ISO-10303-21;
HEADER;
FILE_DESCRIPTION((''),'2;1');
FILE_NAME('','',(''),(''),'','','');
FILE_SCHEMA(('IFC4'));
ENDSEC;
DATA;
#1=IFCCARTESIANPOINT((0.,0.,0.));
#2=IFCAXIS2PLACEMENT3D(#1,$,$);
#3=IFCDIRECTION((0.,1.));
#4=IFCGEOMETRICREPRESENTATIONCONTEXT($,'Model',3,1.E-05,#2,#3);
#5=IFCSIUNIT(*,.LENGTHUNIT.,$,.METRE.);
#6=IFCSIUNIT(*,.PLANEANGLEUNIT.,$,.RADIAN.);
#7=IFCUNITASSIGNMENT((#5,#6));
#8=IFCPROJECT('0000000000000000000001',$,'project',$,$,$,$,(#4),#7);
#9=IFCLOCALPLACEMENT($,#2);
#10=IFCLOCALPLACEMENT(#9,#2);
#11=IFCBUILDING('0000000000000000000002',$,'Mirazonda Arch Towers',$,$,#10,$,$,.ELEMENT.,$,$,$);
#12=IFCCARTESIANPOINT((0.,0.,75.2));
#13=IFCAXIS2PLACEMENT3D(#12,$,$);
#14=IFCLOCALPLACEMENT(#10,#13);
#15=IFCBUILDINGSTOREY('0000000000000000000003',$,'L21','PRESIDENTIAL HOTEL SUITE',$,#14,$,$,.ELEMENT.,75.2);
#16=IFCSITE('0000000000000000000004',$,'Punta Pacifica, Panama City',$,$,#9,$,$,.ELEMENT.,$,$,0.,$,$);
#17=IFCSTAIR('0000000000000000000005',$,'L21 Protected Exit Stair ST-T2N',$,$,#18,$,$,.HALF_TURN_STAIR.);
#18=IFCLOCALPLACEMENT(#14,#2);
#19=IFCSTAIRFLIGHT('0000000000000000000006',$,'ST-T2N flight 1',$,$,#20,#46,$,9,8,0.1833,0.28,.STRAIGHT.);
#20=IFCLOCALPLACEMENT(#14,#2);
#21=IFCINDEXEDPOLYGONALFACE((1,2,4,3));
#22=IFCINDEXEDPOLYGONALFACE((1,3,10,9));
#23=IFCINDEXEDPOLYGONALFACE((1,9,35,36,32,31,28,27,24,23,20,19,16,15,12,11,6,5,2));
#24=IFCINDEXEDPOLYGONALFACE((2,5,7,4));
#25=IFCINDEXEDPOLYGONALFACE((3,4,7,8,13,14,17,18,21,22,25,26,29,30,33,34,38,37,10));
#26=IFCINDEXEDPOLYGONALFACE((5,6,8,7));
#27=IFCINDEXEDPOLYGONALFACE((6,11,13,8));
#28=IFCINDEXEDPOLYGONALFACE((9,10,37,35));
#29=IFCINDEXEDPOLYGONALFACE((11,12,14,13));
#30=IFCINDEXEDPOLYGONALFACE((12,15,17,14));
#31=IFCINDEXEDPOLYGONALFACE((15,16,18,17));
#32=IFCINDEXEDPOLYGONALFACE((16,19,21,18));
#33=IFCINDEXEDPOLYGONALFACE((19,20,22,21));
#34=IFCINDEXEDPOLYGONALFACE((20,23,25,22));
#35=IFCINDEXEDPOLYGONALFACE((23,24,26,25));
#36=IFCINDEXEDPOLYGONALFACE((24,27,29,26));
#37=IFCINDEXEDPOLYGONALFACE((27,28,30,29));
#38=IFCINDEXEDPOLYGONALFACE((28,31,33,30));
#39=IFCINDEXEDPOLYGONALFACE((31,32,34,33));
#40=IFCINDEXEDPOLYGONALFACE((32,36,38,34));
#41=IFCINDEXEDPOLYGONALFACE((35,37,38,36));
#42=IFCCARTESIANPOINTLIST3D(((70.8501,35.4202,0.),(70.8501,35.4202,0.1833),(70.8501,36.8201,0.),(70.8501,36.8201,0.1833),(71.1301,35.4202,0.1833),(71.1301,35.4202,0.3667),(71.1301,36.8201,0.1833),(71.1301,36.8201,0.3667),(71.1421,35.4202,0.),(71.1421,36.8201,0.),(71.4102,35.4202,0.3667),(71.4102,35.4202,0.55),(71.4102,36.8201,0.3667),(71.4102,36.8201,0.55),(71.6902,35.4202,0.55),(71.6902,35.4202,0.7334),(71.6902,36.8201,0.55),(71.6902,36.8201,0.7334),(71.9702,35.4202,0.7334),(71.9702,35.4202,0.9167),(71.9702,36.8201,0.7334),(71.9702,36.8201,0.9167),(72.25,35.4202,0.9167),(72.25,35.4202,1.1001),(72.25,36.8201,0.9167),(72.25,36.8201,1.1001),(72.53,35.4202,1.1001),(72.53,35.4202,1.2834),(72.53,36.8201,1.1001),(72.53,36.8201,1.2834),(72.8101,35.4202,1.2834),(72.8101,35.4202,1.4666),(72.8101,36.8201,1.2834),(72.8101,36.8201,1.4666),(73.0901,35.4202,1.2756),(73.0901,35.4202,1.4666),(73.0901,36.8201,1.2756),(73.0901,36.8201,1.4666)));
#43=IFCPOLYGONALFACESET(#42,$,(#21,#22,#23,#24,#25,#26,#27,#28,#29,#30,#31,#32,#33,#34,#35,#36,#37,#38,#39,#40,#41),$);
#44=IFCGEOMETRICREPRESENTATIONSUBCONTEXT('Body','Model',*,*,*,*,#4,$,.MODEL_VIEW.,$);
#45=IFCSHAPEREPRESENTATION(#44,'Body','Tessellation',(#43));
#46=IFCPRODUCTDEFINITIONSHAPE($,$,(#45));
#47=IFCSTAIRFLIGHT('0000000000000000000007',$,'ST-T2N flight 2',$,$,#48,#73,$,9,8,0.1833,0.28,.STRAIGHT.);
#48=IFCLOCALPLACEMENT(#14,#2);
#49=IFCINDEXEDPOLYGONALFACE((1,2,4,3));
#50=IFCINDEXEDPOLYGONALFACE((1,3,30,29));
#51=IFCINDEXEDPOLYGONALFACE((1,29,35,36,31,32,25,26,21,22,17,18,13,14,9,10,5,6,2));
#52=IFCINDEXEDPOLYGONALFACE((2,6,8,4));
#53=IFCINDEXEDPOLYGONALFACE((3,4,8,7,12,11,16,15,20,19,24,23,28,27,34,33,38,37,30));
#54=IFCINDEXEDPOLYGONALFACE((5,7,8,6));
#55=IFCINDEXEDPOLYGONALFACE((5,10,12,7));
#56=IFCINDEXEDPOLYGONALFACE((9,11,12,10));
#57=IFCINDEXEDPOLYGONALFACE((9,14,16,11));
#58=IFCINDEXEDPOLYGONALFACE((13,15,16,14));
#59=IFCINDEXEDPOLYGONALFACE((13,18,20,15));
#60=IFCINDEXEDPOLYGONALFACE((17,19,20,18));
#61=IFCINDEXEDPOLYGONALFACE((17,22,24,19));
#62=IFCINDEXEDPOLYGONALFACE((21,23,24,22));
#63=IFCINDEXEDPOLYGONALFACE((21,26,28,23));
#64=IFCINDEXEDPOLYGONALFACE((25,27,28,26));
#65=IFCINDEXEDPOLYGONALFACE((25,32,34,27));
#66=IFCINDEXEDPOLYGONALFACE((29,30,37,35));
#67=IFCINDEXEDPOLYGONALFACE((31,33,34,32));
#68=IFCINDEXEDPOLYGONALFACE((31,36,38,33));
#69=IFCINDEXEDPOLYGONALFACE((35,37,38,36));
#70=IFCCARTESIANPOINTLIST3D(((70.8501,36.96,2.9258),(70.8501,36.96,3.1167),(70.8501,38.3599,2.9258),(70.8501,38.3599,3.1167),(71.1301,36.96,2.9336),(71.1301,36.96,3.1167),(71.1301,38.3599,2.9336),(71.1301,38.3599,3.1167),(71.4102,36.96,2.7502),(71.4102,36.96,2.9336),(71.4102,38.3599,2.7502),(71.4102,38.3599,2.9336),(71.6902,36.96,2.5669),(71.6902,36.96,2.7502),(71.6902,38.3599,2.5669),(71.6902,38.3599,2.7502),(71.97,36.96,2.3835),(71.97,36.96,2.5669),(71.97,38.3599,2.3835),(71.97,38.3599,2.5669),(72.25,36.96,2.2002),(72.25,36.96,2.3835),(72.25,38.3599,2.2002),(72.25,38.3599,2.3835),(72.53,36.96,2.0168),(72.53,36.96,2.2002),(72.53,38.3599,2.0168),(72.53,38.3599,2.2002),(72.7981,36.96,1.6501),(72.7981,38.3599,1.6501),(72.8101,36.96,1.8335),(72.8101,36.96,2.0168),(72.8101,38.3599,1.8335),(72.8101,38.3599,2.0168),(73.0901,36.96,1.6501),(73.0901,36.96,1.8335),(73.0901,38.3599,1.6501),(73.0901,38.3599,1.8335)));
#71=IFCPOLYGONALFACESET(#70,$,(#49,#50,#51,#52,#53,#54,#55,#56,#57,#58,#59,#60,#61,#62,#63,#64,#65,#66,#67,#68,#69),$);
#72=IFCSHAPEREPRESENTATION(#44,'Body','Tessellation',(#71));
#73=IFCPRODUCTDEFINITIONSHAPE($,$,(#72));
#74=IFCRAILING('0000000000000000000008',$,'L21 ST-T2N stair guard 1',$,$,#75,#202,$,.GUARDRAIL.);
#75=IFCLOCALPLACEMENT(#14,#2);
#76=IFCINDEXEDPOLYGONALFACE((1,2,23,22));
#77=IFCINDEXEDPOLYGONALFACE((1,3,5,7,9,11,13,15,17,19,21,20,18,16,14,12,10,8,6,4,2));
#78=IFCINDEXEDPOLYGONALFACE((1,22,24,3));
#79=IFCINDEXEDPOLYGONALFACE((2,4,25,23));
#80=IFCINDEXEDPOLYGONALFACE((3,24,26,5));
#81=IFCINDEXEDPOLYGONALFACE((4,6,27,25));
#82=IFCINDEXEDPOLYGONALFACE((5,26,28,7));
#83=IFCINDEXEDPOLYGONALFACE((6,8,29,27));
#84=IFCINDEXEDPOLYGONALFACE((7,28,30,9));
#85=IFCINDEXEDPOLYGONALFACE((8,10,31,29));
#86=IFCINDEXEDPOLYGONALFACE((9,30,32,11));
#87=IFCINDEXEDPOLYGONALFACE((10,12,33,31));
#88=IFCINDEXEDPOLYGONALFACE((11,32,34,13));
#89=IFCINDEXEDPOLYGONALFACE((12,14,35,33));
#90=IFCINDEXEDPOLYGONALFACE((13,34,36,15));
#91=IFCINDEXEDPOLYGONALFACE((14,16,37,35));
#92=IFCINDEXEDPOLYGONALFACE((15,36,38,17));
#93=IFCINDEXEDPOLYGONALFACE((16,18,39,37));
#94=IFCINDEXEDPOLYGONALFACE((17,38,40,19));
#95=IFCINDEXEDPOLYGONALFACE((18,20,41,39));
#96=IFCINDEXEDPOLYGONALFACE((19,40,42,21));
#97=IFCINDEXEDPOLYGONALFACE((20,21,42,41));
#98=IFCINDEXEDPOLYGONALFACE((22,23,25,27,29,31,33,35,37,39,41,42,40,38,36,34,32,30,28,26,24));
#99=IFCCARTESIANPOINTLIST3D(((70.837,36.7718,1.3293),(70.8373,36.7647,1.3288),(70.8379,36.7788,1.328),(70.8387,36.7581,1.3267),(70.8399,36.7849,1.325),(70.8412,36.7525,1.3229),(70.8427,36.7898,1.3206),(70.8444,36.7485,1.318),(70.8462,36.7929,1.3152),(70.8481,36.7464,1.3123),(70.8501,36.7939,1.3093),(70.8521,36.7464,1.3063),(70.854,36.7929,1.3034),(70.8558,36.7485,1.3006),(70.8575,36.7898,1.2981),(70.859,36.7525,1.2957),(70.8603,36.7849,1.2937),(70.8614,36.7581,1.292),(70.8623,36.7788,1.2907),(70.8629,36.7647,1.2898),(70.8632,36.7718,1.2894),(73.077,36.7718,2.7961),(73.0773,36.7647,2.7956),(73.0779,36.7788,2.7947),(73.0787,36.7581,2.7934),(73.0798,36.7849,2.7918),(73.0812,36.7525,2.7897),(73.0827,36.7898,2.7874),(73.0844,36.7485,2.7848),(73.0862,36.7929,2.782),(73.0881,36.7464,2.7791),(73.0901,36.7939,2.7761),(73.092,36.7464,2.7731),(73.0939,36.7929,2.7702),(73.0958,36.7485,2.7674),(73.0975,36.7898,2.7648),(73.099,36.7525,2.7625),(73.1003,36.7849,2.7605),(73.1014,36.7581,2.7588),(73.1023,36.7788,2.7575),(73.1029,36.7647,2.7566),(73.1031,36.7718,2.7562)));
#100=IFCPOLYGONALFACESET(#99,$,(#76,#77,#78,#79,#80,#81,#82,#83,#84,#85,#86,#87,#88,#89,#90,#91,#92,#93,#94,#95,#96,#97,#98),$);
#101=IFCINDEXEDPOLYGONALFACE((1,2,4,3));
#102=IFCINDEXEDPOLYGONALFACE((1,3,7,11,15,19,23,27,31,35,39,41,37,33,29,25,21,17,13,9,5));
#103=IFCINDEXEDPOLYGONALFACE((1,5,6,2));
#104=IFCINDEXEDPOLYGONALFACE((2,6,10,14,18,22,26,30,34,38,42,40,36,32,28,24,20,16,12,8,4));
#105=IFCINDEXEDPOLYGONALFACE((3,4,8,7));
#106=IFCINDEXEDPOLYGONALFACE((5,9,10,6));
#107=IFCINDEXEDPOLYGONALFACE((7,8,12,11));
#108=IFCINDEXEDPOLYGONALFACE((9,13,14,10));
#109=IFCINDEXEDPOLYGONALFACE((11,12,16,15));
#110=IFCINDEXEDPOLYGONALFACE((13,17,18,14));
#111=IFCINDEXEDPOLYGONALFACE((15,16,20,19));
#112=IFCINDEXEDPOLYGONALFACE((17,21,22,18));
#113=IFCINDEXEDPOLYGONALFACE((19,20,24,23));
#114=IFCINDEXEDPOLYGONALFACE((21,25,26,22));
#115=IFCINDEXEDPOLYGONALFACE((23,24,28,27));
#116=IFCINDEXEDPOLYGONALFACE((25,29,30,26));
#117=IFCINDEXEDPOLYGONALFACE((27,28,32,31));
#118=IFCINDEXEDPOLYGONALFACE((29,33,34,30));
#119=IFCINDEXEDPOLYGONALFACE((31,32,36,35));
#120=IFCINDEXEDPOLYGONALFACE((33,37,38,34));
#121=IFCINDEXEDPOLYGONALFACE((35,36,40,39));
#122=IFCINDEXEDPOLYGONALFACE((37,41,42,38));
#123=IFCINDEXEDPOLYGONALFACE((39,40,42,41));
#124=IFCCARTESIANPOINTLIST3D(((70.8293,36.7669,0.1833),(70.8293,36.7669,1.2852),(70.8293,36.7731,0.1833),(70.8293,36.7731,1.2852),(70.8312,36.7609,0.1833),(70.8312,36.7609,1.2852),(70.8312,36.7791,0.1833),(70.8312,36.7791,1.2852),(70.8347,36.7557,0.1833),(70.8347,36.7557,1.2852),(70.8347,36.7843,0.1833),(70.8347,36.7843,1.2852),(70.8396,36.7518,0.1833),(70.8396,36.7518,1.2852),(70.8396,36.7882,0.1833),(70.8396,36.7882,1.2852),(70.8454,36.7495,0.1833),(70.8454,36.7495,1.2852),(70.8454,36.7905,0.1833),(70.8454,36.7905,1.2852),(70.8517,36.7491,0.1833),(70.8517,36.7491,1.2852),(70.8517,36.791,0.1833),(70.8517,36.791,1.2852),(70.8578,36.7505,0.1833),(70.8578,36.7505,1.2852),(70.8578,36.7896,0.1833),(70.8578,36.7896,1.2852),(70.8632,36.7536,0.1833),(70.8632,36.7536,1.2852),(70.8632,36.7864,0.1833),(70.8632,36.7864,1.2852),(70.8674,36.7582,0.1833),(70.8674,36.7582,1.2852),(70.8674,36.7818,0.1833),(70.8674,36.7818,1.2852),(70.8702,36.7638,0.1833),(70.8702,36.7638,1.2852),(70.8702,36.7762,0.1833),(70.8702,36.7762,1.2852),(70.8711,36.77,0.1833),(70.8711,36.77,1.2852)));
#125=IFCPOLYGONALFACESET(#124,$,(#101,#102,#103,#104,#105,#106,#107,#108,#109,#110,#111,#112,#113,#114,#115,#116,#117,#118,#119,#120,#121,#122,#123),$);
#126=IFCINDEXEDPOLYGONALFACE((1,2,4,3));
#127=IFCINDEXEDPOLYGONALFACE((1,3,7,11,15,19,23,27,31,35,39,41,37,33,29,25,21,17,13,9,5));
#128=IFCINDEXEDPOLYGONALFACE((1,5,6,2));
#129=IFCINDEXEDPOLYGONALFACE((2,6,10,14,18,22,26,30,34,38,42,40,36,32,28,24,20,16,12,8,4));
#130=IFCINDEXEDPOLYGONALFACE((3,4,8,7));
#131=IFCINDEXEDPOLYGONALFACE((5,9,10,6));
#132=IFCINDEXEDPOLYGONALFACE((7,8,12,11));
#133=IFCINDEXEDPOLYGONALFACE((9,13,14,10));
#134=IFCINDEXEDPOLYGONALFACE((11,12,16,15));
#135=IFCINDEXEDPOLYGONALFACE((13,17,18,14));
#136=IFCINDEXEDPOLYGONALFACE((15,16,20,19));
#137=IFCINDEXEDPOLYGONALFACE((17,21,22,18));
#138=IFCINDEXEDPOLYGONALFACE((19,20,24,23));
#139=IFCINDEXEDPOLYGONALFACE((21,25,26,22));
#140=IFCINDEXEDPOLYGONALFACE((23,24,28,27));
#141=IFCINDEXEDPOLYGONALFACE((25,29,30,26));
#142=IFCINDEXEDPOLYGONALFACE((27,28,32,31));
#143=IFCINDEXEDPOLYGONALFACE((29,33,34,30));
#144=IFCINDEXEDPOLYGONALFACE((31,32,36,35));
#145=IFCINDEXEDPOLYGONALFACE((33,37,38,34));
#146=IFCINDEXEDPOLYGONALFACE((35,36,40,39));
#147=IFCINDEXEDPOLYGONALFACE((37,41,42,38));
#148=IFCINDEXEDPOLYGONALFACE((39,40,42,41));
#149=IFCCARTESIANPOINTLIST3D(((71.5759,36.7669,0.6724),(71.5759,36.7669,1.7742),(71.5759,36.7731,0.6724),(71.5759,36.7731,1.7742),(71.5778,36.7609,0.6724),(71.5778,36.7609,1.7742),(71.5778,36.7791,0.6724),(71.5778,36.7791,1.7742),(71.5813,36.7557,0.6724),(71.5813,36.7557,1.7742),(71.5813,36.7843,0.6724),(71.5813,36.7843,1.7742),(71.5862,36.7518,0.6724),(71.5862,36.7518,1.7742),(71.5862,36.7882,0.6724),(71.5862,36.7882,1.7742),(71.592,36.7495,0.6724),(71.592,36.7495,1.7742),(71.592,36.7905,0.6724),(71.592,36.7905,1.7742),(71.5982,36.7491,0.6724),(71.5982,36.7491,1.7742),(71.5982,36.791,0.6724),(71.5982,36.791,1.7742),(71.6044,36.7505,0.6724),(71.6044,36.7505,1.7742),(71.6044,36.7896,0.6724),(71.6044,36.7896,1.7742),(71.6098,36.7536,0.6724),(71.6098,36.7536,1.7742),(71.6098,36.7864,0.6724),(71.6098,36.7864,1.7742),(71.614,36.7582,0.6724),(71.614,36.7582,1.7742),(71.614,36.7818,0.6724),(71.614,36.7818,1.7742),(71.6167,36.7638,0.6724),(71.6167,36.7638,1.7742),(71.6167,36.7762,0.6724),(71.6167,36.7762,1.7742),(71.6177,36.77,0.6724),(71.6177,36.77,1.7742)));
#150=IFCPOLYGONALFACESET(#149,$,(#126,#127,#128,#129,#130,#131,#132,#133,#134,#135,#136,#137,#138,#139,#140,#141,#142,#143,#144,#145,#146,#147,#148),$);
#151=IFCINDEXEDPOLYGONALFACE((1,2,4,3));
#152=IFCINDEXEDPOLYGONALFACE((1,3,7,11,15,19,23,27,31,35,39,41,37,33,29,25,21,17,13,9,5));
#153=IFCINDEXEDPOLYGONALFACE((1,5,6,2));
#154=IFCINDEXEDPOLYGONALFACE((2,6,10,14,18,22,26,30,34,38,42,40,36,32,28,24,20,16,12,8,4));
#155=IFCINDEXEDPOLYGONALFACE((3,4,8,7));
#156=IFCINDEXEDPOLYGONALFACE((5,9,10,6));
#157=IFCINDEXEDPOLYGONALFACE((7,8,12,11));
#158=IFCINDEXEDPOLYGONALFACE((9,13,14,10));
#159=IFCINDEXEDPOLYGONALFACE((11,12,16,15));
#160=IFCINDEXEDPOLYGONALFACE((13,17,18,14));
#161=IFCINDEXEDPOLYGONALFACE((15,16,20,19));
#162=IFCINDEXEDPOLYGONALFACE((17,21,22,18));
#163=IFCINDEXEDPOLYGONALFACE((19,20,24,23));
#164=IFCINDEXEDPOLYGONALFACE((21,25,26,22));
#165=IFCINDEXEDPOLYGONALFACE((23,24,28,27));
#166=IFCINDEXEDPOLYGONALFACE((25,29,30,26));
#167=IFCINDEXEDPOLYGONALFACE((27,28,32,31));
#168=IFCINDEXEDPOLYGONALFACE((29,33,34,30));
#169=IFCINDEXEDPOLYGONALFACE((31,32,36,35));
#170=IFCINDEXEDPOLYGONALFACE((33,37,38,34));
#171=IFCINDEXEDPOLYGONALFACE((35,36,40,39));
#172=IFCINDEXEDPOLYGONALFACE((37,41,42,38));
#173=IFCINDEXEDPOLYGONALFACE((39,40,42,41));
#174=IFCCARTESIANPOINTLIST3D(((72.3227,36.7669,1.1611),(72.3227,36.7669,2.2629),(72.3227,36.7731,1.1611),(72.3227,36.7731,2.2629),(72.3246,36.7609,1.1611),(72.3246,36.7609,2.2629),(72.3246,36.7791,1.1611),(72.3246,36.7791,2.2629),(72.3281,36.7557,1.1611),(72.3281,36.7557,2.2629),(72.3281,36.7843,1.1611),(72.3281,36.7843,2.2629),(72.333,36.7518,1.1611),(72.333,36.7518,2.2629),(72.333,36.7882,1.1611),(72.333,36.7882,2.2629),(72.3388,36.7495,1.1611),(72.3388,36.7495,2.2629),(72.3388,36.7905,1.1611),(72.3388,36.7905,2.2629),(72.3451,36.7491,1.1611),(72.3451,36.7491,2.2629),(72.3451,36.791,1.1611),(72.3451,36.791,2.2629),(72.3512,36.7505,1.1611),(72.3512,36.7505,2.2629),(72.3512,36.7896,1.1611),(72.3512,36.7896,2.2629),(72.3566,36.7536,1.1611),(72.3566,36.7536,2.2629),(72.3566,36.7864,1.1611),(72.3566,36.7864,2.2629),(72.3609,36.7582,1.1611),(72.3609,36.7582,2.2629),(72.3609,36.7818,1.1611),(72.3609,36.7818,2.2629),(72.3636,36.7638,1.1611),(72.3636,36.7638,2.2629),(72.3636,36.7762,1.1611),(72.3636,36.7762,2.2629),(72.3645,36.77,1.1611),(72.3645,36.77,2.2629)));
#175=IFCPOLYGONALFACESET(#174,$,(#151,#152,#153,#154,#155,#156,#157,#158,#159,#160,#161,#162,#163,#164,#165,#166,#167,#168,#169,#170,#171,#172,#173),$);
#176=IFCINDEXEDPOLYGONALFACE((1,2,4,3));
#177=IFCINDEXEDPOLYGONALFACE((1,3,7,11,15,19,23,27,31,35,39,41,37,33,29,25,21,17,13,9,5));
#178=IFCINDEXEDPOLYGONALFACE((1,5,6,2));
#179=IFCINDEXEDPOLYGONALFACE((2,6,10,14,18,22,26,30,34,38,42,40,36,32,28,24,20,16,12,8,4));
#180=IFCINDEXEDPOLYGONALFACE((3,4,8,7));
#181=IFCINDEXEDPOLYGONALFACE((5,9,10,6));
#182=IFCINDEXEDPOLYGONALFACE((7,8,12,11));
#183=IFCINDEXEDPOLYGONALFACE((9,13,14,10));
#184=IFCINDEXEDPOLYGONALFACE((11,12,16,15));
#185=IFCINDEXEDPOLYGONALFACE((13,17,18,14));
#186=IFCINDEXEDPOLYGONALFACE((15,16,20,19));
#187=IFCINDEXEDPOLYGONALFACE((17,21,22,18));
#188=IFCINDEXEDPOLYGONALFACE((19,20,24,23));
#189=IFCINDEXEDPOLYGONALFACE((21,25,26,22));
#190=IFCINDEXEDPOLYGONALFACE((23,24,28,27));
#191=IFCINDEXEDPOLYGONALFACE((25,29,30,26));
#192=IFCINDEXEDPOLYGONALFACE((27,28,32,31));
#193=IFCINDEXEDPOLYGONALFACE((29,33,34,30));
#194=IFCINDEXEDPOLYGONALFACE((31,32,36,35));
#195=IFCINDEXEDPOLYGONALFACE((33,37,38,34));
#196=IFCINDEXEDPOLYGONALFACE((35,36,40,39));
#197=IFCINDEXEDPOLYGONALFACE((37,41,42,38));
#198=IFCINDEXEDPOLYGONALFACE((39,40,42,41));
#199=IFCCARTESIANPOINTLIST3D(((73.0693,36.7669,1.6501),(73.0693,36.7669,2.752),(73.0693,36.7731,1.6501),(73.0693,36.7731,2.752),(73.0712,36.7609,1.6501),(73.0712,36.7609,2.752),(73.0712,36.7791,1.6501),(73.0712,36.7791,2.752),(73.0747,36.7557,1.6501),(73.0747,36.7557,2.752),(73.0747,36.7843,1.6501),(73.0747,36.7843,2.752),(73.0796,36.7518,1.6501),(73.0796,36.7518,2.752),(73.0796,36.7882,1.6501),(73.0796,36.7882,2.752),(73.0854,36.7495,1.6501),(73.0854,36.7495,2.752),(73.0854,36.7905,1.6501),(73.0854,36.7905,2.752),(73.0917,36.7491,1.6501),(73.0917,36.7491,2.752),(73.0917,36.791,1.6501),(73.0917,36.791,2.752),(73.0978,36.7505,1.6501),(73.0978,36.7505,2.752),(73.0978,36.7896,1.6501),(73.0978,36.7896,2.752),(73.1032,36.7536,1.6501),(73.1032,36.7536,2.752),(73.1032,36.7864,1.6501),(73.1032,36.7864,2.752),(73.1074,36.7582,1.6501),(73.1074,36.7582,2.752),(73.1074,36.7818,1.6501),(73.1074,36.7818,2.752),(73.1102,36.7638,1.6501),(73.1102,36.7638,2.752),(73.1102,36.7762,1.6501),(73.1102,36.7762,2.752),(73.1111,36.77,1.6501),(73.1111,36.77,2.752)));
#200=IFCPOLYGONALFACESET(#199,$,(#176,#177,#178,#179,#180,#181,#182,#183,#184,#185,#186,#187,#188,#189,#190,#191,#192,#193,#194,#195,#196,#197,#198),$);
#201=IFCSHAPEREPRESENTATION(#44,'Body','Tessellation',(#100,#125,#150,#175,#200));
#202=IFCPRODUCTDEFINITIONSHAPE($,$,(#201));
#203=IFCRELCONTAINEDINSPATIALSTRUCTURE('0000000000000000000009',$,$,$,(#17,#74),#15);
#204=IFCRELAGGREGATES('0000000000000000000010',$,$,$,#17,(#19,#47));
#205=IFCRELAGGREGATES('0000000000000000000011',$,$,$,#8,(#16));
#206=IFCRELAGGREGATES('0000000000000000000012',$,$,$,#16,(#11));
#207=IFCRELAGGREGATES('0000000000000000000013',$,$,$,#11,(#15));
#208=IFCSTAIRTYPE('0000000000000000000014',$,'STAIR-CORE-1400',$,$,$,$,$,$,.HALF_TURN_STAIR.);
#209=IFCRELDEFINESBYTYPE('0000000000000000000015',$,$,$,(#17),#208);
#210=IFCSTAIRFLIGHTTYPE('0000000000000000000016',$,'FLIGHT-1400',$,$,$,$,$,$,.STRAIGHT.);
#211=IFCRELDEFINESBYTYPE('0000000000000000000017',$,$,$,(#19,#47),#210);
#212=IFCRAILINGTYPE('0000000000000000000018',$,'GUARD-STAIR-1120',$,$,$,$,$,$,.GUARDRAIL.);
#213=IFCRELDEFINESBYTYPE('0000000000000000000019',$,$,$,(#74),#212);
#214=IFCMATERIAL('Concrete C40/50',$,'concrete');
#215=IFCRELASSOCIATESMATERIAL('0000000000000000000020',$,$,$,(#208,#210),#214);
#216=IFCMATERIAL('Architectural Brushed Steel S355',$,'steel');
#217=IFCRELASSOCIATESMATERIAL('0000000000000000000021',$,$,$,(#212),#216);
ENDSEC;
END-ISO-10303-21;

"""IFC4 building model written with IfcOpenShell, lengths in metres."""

from ifc_helpers import new_model, si_unit, direction, frame, origin, origin_2d, place, context, subcontext, project, spatial, polyline, circle, outline, extrude, material, type_object, element, aggregate, save


model = new_model("IFC4")

# Units and contexts
model_context = context("Model", 3, precision=1e-05, world=origin(), true_north=direction((0.0, 1.0)))
body_context = subcontext(model_context, "Body", "Model", "MODEL_VIEW")
ifc_project = project(units=[si_unit("LENGTHUNIT", "METRE"), si_unit("PLANEANGLEUNIT", "RADIAN")], contexts=[model_context])

# Site, building, storey
site_placement = place(None, origin())
site = spatial("IfcSite", under=ifc_project, at=site_placement, Name="Punta Pacifica, Panama City", CompositionType="ELEMENT", RefElevation=0.0)
building_placement = place(site_placement, origin())
building = spatial("IfcBuilding", under=site, at=building_placement, Name="Mirazonda Arch Towers", CompositionType="ELEMENT")
storey_placement = place(building_placement, frame((0.0, 0.0, 75.2)))
storey = spatial("IfcBuildingStorey", under=building, at=storey_placement, Name="L21", Description="PRESIDENTIAL HOTEL SUITE", CompositionType="ELEMENT", Elevation=75.2)

# Stair, stair flights
ifc_material_1 = material(Name="Concrete C40/50", Category="concrete")
stair_type = type_object("IfcStairType", Name="STAIR-CORE-1400", PredefinedType="HALF_TURN_STAIR", material=ifc_material_1)
stair_placement = place(storey_placement, origin())
stair = element("IfcStair", 1, at=stair_placement, inside=storey, type_object=stair_type, Name="L21 Protected Exit Stair ST-T2N", PredefinedType="HALF_TURN_STAIR")
stair_flight_type = type_object("IfcStairFlightType", Name="FLIGHT-1400", PredefinedType="STRAIGHT", material=ifc_material_1)
stair_flight_1_placement = place(storey_placement, frame((70.8501, 36.1201, 0.0), z_axis=(0.0, 0.0, 1.0), x_axis=(1.0, 0.0, 0.0)))
stair_flight_1 = element("IfcStairFlight", 2, at=stair_flight_1_placement, type_object=stair_flight_type, Name="ST-T2N flight 1", NumberOfRisers=9, NumberOfTreads=8, PredefinedType="STRAIGHT", RiserHeight=0.1833, TreadLength=0.28, context=body_context, shape_type="SweptSolid", body=[
    extrude(outline(polyline([(0.0, 0.0), (0.0, 0.1833), (0.28, 0.1833), (0.28, 0.3667), (0.5601, 0.3667), (0.5601, 0.55), (0.8401, 0.55), (0.8401, 0.7334), (1.1201, 0.7334), (1.1201, 0.9167), (1.3999, 0.9167), (1.3999, 1.1001), (1.6799, 1.1001), (1.6799, 1.2834), (1.96, 1.2834), (1.96, 1.4666), (2.24, 1.4666), (2.24, 1.6499), (2.24, 1.2756), (0.292, 0.0), (0.0, 0.0)])), frame((0.0, 0.7, 0.0), z_axis=(0.0, -1.0, 0.0), x_axis=(1.0, 0.0, 0.0)), (0.0, 0.0, 1.0), 1.3999),
])
stair_flight_2_placement = place(storey_placement, frame((73.0901, 37.6599, 1.6501), z_axis=(0.0, 0.0, 1.0), x_axis=(-1.0, 0.0, 0.0)))
stair_flight_2 = element("IfcStairFlight", 3, at=stair_flight_2_placement, type_object=stair_flight_type, Name="ST-T2N flight 2", NumberOfRisers=9, NumberOfTreads=8, PredefinedType="STRAIGHT", RiserHeight=0.1833, TreadLength=0.28, context=body_context, shape_type="SweptSolid", body=[
    extrude(outline(polyline([(0.0, 0.0), (0.0, 0.1833), (0.28, 0.1833), (0.28, 0.3667), (0.5601, 0.3667), (0.5601, 0.55), (0.8401, 0.55), (0.8401, 0.7334), (1.1201, 0.7334), (1.1201, 0.9167), (1.3999, 0.9167), (1.3999, 1.1001), (1.6799, 1.1001), (1.6799, 1.2834), (1.96, 1.2834), (1.96, 1.4666), (2.24, 1.4666), (2.24, 1.6499), (2.24, 1.2756), (0.292, 0.0), (0.0, 0.0)])), frame((0.0, 0.7, 0.0), z_axis=(0.0, -1.0, 0.0), x_axis=(1.0, 0.0, 0.0)), (0.0, 0.0, 1.0), 1.3999),
])
aggregate(stair, [stair_flight_1, stair_flight_2])

# Railing
ifc_material_2 = material(Name="Architectural Brushed Steel S355", Category="steel")
railing_type = type_object("IfcRailingType", Name="GUARD-STAIR-1120", PredefinedType="GUARDRAIL", material=ifc_material_2)
railing_1_placement = place(storey_placement, frame((70.8501, 36.77, 0.1833)))
element("IfcRailing", 4, at=railing_1_placement, inside=storey, type_object=railing_type, Name="L21 ST-T2N stair guard 1", PredefinedType="GUARDRAIL", context=body_context, shape_type="SweptSolid", body=[
    extrude(circle(Radius=0.0239, at=origin_2d()), frame((0.0, 0.0, 1.126), z_axis=(0.836595, 0.0, 0.547822), x_axis=(0.0, 1.0, 0.0)), (0.0, 0.0, 1.0), 2.6775),
    extrude(circle(Radius=0.021, at=origin_2d()), origin(), (0.0, 0.0, 1.0), 1.1018),
    extrude(circle(Radius=0.021, at=origin_2d()), frame((0.7466, 0.0, 0.489)), (0.0, 0.0, 1.0), 1.1018),
    extrude(circle(Radius=0.021, at=origin_2d()), frame((1.4934, 0.0, 0.9778)), (0.0, 0.0, 1.0), 1.1018),
    extrude(circle(Radius=0.021, at=origin_2d()), frame((2.24, 0.0, 1.4668)), (0.0, 0.0, 1.0), 1.1018),
])

save(model, "model.ifc")
